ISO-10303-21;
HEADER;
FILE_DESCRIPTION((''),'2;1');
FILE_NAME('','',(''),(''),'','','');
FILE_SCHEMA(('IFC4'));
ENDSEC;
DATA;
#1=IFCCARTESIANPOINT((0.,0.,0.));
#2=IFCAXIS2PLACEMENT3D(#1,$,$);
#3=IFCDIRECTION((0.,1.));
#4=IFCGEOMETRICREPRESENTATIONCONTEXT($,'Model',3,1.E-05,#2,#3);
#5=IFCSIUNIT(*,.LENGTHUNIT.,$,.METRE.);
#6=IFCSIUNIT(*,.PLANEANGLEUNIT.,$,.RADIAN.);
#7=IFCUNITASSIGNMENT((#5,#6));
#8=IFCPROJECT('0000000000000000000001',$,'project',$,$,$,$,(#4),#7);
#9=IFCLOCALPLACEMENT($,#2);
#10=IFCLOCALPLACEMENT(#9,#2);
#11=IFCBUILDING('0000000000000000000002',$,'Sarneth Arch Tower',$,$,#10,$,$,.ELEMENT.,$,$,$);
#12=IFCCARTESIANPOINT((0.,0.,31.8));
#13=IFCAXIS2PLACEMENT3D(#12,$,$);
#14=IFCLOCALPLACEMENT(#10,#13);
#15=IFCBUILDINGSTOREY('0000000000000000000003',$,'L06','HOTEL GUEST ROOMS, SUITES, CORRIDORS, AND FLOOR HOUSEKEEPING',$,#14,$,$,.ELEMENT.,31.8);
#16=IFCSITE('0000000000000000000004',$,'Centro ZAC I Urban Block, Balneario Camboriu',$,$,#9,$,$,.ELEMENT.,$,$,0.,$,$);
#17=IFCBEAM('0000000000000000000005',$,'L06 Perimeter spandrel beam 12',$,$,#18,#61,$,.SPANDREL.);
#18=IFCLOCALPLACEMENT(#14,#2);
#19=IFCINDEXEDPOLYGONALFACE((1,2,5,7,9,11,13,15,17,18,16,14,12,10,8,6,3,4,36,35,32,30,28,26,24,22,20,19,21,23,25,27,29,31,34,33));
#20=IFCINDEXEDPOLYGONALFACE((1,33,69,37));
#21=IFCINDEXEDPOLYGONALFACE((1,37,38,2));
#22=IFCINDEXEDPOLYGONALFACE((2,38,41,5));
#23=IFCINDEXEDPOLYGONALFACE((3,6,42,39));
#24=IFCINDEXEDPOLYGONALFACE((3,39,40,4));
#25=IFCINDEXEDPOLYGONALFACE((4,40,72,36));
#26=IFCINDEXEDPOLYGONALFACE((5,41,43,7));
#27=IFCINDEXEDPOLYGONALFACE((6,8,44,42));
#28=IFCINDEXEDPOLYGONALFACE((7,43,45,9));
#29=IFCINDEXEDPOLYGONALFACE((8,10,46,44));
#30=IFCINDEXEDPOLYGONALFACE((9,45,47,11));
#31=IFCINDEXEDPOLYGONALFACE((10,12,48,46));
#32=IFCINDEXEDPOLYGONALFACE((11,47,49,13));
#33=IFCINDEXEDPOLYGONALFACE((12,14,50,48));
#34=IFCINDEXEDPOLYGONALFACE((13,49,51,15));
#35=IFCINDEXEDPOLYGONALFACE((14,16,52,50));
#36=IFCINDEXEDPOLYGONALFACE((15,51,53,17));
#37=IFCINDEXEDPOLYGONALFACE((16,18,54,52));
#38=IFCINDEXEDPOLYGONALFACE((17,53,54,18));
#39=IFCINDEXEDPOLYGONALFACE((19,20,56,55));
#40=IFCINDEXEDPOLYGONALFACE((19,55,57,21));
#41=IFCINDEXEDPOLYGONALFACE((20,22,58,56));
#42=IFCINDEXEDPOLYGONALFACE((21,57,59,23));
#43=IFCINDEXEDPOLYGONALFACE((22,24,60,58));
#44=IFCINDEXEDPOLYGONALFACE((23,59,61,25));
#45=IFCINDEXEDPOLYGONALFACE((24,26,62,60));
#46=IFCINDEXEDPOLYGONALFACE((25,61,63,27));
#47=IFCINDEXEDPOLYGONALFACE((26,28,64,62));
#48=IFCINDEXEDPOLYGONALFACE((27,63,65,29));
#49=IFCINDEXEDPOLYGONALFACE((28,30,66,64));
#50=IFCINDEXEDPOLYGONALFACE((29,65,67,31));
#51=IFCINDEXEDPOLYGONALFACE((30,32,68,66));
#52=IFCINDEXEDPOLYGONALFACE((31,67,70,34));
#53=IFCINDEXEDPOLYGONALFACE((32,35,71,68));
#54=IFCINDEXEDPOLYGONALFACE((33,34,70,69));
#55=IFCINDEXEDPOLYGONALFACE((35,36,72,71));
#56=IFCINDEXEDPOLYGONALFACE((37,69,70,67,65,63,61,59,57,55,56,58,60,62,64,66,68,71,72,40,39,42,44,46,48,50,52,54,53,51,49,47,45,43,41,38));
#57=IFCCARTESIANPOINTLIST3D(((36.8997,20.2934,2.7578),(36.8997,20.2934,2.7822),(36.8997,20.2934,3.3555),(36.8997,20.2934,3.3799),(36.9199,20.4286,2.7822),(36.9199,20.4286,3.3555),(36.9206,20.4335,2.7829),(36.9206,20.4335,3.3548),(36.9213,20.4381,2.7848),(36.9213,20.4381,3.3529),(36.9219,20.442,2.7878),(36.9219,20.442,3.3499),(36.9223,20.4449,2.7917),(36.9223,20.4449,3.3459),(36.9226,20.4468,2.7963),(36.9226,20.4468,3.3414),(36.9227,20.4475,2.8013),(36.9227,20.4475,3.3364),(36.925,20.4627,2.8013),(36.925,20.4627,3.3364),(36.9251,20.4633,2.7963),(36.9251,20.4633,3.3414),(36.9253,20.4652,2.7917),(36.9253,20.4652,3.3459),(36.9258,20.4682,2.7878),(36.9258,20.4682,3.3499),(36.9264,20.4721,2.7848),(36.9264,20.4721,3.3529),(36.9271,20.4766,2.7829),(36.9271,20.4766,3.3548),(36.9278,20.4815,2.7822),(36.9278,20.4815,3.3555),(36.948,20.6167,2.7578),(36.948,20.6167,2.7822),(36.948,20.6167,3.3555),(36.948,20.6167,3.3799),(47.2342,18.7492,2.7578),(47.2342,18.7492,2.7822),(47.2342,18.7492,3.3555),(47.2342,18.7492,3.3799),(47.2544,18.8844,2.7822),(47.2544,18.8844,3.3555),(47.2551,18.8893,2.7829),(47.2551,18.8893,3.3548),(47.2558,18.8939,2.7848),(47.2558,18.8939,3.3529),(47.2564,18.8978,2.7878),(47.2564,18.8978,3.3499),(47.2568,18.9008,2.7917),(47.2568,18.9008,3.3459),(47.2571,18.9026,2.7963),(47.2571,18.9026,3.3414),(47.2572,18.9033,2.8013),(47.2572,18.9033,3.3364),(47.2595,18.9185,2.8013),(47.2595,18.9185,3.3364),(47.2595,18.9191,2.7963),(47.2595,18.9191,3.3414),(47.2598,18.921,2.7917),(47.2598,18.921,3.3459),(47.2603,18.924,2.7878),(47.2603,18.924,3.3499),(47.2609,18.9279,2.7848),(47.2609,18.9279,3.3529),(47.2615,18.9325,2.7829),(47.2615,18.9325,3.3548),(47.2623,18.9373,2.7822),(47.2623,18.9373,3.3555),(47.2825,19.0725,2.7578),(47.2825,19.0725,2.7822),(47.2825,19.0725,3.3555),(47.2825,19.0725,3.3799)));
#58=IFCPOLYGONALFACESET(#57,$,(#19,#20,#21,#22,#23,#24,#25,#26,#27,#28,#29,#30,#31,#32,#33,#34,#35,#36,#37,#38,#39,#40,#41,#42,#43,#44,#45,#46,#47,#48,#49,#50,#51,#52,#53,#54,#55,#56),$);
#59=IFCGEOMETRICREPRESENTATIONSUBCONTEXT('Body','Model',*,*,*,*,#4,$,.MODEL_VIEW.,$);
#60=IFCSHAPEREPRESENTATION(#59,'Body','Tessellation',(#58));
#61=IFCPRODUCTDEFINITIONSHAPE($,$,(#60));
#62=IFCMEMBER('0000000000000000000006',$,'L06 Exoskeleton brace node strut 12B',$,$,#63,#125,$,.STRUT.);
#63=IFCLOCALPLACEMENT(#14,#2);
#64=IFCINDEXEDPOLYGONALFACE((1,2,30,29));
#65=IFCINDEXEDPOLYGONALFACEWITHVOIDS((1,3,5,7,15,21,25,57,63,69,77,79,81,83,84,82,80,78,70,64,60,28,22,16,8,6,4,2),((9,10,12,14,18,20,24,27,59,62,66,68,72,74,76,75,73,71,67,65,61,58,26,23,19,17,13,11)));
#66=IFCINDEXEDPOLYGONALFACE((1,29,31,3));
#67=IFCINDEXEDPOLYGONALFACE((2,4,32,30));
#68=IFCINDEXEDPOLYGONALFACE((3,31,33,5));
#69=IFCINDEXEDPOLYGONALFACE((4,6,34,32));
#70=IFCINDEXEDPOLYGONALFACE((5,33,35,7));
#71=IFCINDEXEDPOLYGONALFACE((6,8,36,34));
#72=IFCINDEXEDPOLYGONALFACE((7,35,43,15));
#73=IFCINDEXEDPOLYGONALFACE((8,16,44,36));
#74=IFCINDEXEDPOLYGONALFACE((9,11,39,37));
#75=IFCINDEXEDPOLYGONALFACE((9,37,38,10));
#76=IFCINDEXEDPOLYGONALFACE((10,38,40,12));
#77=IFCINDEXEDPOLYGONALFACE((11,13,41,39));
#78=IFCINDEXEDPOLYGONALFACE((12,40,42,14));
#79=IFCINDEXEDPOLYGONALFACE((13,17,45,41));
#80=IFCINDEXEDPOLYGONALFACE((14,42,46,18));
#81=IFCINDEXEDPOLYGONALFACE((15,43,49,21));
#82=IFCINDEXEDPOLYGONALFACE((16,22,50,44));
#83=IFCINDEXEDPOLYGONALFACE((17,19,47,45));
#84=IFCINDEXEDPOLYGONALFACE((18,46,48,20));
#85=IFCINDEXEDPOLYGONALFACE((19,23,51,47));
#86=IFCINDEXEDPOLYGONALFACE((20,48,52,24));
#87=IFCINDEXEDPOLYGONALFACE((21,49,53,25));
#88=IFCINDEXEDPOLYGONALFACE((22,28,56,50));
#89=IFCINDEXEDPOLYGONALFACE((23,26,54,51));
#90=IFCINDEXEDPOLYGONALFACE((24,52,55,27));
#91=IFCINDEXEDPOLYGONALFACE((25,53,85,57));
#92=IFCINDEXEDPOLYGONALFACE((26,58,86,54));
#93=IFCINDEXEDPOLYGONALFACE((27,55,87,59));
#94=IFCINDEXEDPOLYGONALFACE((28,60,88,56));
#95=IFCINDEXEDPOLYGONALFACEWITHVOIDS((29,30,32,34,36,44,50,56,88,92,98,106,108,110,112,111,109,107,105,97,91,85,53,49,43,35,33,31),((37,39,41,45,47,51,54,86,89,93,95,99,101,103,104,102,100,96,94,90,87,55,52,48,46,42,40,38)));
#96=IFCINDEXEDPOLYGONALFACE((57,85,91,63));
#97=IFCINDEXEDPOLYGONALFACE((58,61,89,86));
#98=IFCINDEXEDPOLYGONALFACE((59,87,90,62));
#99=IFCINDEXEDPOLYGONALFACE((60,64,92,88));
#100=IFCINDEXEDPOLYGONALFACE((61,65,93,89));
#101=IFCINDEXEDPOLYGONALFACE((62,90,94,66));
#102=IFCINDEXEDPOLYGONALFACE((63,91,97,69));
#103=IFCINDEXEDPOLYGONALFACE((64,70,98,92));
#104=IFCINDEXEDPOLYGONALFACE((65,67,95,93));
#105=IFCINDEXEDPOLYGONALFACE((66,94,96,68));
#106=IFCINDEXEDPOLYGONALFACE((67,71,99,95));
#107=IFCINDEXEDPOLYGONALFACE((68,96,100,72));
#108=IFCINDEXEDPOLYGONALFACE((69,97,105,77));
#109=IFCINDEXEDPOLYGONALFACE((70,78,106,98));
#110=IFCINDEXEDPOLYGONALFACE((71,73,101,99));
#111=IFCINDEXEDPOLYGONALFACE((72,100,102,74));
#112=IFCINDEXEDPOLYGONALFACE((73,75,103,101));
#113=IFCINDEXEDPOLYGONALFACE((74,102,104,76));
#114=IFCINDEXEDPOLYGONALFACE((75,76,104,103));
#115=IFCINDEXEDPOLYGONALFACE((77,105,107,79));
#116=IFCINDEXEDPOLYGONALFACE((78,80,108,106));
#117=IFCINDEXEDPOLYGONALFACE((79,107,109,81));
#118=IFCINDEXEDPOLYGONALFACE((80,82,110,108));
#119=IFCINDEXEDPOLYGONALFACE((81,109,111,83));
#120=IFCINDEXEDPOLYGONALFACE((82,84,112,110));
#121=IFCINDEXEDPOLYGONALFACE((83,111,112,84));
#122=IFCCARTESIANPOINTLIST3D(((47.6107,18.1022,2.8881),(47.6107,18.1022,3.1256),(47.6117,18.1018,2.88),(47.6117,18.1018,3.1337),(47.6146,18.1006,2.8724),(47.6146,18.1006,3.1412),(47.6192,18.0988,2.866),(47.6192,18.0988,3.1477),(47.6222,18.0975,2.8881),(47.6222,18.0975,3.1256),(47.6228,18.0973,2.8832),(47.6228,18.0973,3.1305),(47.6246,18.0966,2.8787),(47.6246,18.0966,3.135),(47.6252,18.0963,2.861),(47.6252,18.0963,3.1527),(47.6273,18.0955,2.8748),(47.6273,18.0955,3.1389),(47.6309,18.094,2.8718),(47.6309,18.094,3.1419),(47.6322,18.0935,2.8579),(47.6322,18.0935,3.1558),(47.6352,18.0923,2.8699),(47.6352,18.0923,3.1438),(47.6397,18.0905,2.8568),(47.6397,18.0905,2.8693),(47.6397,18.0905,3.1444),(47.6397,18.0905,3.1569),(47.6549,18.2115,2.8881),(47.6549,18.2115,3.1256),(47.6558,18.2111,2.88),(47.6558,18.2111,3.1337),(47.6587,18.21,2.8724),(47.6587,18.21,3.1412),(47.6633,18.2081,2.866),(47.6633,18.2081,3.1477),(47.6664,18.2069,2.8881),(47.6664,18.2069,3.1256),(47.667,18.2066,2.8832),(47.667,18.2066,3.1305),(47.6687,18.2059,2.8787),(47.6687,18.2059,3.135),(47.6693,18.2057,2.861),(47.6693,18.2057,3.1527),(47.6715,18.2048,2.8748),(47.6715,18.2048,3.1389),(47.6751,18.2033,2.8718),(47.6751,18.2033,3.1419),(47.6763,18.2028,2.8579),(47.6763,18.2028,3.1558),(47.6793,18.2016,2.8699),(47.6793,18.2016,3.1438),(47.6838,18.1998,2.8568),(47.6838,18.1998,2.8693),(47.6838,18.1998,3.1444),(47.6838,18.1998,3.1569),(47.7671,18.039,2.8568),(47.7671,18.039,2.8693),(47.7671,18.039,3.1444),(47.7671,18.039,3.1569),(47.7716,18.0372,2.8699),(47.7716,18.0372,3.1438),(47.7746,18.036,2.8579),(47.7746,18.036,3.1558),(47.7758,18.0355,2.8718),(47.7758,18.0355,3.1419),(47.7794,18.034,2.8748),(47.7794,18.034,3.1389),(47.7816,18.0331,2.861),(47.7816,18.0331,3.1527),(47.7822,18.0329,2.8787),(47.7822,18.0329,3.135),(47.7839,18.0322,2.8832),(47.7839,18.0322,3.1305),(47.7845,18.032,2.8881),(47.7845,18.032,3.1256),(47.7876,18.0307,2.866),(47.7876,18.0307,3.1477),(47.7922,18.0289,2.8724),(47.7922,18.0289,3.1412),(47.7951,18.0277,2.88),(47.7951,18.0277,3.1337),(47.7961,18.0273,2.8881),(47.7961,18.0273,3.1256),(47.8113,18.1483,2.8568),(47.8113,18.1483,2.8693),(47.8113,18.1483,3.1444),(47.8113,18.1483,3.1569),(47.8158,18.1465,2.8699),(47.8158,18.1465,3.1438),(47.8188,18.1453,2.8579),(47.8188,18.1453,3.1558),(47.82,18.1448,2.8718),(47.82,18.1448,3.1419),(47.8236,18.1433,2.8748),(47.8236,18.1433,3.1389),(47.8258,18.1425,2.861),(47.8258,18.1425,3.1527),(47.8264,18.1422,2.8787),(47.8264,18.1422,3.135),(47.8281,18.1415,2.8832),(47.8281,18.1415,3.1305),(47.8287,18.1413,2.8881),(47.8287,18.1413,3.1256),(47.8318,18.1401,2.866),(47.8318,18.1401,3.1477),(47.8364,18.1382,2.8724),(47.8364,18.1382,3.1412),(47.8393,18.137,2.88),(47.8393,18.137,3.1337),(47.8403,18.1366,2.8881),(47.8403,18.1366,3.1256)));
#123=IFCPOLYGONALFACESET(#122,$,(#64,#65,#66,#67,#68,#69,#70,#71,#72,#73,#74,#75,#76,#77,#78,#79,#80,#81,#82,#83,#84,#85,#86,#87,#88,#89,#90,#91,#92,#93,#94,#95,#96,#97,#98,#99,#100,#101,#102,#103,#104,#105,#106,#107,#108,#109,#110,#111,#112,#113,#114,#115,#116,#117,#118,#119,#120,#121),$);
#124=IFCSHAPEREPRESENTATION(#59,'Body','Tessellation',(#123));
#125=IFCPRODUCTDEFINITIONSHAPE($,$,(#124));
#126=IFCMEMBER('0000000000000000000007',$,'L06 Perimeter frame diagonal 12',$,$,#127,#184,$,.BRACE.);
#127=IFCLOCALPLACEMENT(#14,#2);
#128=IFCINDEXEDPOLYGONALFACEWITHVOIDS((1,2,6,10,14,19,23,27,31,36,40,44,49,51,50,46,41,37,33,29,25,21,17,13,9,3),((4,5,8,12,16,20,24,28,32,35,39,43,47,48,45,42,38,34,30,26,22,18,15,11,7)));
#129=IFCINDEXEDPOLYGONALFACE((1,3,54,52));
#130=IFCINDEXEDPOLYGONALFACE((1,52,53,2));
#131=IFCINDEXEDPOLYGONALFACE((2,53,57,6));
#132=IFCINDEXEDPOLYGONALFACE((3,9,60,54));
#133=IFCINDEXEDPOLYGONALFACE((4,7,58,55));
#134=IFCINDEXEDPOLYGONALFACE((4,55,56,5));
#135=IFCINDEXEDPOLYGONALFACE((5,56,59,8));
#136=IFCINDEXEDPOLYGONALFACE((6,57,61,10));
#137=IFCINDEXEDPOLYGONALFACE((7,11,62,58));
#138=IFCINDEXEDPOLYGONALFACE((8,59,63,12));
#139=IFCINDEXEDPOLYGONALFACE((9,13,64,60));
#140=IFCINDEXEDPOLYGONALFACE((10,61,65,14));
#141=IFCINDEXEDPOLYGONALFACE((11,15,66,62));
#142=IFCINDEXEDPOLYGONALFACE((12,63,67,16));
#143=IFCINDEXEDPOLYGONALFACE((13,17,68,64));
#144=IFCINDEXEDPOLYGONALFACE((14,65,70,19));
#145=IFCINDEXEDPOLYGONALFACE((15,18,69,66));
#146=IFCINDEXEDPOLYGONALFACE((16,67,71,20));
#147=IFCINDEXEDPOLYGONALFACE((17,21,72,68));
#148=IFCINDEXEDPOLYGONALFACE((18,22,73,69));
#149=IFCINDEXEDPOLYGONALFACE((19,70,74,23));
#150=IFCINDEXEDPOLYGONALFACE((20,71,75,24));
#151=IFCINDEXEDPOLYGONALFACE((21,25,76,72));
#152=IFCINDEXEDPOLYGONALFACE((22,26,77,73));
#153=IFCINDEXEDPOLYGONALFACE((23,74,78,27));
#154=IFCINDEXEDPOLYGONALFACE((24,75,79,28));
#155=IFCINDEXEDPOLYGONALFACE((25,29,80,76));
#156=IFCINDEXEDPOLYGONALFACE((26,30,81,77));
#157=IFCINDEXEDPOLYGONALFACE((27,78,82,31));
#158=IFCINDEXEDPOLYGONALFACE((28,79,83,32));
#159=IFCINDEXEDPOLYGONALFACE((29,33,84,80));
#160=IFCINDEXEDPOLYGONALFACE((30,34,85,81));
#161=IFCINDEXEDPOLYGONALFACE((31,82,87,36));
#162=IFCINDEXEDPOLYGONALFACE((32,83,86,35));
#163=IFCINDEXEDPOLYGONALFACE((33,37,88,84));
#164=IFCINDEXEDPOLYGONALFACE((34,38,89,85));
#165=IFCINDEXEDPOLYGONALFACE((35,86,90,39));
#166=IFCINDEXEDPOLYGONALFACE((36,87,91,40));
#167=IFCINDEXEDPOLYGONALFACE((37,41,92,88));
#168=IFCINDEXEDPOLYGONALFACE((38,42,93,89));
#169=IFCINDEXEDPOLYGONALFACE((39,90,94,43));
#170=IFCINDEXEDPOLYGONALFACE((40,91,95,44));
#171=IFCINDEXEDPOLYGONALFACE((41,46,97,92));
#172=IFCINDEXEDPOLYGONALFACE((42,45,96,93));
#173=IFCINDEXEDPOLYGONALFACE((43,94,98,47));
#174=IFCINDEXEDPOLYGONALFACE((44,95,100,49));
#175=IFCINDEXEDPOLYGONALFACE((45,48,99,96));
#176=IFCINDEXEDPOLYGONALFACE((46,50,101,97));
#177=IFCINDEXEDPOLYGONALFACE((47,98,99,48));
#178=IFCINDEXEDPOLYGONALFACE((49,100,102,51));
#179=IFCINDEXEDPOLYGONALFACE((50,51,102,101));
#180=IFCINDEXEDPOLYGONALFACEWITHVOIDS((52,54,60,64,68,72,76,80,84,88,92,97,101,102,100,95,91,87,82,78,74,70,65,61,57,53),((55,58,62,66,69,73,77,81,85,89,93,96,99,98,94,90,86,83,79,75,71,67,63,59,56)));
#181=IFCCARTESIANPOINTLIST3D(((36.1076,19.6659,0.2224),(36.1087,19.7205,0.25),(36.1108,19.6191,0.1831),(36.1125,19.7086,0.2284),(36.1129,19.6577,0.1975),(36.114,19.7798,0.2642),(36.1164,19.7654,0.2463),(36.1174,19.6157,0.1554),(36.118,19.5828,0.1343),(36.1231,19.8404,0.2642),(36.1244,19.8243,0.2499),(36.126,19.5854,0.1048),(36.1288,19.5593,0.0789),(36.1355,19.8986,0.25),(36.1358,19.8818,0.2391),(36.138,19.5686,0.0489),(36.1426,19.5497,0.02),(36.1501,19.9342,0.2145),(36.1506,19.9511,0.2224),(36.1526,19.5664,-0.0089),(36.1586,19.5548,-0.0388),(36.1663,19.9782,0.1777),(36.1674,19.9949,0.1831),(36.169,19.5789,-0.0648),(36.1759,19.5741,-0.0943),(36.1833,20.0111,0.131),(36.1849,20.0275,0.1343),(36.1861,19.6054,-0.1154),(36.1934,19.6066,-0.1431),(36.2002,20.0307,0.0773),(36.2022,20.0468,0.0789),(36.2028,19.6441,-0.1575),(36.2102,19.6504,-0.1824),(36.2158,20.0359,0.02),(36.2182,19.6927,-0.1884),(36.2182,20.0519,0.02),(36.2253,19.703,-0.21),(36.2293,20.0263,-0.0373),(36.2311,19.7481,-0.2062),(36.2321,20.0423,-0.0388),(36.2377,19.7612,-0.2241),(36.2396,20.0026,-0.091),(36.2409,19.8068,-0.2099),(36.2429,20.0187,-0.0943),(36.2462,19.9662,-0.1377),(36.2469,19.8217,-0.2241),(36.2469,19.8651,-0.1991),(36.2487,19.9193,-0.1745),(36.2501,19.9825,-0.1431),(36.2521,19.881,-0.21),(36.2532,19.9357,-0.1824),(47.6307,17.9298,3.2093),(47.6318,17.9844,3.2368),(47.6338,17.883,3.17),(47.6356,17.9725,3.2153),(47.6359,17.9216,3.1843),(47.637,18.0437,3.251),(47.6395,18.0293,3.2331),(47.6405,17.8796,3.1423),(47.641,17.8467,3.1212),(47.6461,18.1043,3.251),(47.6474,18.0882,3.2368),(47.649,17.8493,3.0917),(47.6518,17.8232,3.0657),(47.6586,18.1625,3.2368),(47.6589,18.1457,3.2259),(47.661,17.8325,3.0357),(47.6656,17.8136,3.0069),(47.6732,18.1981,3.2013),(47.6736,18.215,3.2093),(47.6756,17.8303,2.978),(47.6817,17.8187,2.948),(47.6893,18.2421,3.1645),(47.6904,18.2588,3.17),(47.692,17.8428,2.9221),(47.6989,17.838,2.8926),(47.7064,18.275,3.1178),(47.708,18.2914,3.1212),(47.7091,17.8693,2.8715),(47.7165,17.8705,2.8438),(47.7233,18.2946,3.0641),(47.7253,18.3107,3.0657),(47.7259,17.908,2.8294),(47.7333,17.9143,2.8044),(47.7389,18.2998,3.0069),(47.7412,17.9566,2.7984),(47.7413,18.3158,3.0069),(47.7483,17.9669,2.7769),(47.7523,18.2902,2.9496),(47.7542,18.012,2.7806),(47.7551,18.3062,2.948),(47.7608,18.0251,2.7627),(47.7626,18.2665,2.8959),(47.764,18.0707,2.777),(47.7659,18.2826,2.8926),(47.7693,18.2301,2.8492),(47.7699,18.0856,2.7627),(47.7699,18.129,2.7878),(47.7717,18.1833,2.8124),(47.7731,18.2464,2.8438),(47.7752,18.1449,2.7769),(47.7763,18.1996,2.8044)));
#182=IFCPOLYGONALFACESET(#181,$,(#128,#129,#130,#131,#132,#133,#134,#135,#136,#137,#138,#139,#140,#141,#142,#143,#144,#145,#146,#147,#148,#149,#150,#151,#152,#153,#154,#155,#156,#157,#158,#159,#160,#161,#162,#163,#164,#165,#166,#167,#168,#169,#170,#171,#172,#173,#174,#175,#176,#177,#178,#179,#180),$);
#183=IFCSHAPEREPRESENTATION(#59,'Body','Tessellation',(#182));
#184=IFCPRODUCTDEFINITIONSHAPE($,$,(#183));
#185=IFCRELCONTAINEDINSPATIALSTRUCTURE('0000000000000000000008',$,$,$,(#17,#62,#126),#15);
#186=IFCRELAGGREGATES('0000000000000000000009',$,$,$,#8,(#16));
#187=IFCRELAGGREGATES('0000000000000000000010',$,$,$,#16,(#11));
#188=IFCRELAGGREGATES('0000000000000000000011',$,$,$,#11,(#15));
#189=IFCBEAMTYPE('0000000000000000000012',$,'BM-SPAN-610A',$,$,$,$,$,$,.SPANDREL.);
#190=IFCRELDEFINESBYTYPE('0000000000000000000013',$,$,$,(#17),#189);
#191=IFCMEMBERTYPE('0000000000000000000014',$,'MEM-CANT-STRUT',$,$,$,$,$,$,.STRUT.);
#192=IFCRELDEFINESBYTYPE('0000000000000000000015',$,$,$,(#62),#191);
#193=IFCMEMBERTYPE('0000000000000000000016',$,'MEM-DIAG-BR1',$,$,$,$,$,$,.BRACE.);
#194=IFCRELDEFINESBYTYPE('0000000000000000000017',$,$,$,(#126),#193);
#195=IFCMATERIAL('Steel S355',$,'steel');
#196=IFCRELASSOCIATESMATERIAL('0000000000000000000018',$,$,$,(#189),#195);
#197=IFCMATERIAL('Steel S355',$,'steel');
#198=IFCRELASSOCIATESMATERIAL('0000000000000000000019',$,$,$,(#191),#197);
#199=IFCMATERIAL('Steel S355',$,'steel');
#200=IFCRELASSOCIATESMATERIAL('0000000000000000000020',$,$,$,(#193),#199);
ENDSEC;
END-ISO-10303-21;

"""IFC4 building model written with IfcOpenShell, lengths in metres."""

from ifc_helpers import new_model, si_unit, direction, frame, origin, origin_2d, place, context, subcontext, project, spatial, hollow_rectangle, hollow_circle, i_section, extrude, material, material_profile, profile_set, type_object, element, save


model = new_model("IFC4")

# Units and contexts
model_context = context("Model", 3, precision=1e-05, world=origin(), true_north=direction((0.0, 1.0)))
body_context = subcontext(model_context, "Body", "Model", "MODEL_VIEW")
ifc_project = project(units=[si_unit("LENGTHUNIT", "METRE"), si_unit("PLANEANGLEUNIT", "RADIAN")], contexts=[model_context])

# Site, building, storey
site_placement = place(None, origin())
site = spatial("IfcSite", under=ifc_project, at=site_placement, Name="Centro ZAC I Urban Block, Balneario Camboriu", CompositionType="ELEMENT", RefElevation=0.0)
building_placement = place(site_placement, origin())
building = spatial("IfcBuilding", under=site, at=building_placement, Name="Sarneth Arch Tower", CompositionType="ELEMENT")
storey_placement = place(building_placement, frame((0.0, 0.0, 31.8)))
storey = spatial("IfcBuildingStorey", under=building, at=storey_placement, Name="L06", Description="HOTEL GUEST ROOMS, SUITES, CORRIDORS, AND FLOOR HOUSEKEEPING", CompositionType="ELEMENT", Elevation=31.8)

# Beam
ifc_material_1 = material(Name="Steel S355", Category="steel")
ifc_material_profile_1 = material_profile(ifc_material_1, i_section(OverallWidth=0.3269, OverallDepth=0.6221, WebThickness=0.0154, FlangeThickness=0.0244, FilletRadius=0.019, at=origin_2d()), Name="W610x195")
ifc_profile_set_1 = profile_set([ifc_material_profile_1], Name="Steel S355")
beam_type_1 = type_object("IfcBeamType", Name="BM-SPAN-610A", PredefinedType="SPANDREL", material=ifc_profile_set_1)
beam_1_placement = place(storey_placement, frame((36.9238, 20.4551, 3.0688), z_axis=(0.98902, -0.147781, 0.0), x_axis=(0.147781, 0.98902, 0.0)))
element("IfcBeam", 1, at=beam_1_placement, inside=storey, type_object=beam_type_1, Name="L06 Perimeter spandrel beam 12", PredefinedType="SPANDREL", context=body_context, shape_type="SweptSolid", body=[
    extrude(i_section(OverallWidth=0.3269, OverallDepth=0.6221, WebThickness=0.0154, FlangeThickness=0.0244, FilletRadius=0.019, at=origin_2d()), origin(), (0.0, 0.0, 1.0), 10.4492),
])

# Members
ifc_material_2 = material(Name="Steel S355", Category="steel")
ifc_material_profile_2 = material_profile(ifc_material_2, hollow_rectangle(XDim=0.2, YDim=0.3, WallThickness=0.0125, InnerFilletRadius=0.0188, OuterFilletRadius=0.0312, at=origin_2d()), Name="RHS300x200x12.5")
ifc_profile_set_2 = profile_set([ifc_material_profile_2], Name="Steel S355")
member_type_1 = type_object("IfcMemberType", Name="MEM-CANT-STRUT", PredefinedType="STRUT", material=ifc_profile_set_2)
member_1_placement = place(storey_placement, frame((47.7476, 18.1741, 3.0068), z_axis=(-0.3746, -0.927187, 0.0), x_axis=(0.927187, -0.3746, 0.0)))
element("IfcMember", 2, at=member_1_placement, inside=storey, type_object=member_type_1, Name="L06 Exoskeleton brace node strut 12B", PredefinedType="STRUT", context=body_context, shape_type="SweptSolid", body=[
    extrude(hollow_rectangle(XDim=0.2, YDim=0.3, WallThickness=0.0125, InnerFilletRadius=0.0188, OuterFilletRadius=0.0312, at=origin_2d()), origin(), (0.0, 0.0, 1.0), 0.1179),
])
ifc_material_3 = material(Name="Steel S355", Category="steel")
ifc_material_profile_3 = material_profile(ifc_material_3, hollow_circle(Radius=0.2539, WallThickness=0.0161, at=origin_2d()), Name="CHS508x16")
ifc_profile_set_3 = profile_set([ifc_material_profile_3], Name="Steel S355")
member_type_2 = type_object("IfcMemberType", Name="MEM-DIAG-BR1", PredefinedType="BRACE", material=ifc_profile_set_3)
member_2_placement = place(storey_placement, frame((36.1804, 19.8008, 0.02), z_axis=(0.957876, -0.144317, 0.248287), x_axis=(0.148982, 0.98884, 0.0)))
element("IfcMember", 3, at=member_2_placement, inside=storey, type_object=member_type_2, Name="L06 Perimeter frame diagonal 12", PredefinedType="BRACE", context=body_context, shape_type="SweptSolid", body=[
    extrude(hollow_circle(Radius=0.2539, WallThickness=0.0161, at=origin_2d()), origin(), (0.0, 0.0, 1.0), 12.0298),
])

save(model, "model.ifc")
